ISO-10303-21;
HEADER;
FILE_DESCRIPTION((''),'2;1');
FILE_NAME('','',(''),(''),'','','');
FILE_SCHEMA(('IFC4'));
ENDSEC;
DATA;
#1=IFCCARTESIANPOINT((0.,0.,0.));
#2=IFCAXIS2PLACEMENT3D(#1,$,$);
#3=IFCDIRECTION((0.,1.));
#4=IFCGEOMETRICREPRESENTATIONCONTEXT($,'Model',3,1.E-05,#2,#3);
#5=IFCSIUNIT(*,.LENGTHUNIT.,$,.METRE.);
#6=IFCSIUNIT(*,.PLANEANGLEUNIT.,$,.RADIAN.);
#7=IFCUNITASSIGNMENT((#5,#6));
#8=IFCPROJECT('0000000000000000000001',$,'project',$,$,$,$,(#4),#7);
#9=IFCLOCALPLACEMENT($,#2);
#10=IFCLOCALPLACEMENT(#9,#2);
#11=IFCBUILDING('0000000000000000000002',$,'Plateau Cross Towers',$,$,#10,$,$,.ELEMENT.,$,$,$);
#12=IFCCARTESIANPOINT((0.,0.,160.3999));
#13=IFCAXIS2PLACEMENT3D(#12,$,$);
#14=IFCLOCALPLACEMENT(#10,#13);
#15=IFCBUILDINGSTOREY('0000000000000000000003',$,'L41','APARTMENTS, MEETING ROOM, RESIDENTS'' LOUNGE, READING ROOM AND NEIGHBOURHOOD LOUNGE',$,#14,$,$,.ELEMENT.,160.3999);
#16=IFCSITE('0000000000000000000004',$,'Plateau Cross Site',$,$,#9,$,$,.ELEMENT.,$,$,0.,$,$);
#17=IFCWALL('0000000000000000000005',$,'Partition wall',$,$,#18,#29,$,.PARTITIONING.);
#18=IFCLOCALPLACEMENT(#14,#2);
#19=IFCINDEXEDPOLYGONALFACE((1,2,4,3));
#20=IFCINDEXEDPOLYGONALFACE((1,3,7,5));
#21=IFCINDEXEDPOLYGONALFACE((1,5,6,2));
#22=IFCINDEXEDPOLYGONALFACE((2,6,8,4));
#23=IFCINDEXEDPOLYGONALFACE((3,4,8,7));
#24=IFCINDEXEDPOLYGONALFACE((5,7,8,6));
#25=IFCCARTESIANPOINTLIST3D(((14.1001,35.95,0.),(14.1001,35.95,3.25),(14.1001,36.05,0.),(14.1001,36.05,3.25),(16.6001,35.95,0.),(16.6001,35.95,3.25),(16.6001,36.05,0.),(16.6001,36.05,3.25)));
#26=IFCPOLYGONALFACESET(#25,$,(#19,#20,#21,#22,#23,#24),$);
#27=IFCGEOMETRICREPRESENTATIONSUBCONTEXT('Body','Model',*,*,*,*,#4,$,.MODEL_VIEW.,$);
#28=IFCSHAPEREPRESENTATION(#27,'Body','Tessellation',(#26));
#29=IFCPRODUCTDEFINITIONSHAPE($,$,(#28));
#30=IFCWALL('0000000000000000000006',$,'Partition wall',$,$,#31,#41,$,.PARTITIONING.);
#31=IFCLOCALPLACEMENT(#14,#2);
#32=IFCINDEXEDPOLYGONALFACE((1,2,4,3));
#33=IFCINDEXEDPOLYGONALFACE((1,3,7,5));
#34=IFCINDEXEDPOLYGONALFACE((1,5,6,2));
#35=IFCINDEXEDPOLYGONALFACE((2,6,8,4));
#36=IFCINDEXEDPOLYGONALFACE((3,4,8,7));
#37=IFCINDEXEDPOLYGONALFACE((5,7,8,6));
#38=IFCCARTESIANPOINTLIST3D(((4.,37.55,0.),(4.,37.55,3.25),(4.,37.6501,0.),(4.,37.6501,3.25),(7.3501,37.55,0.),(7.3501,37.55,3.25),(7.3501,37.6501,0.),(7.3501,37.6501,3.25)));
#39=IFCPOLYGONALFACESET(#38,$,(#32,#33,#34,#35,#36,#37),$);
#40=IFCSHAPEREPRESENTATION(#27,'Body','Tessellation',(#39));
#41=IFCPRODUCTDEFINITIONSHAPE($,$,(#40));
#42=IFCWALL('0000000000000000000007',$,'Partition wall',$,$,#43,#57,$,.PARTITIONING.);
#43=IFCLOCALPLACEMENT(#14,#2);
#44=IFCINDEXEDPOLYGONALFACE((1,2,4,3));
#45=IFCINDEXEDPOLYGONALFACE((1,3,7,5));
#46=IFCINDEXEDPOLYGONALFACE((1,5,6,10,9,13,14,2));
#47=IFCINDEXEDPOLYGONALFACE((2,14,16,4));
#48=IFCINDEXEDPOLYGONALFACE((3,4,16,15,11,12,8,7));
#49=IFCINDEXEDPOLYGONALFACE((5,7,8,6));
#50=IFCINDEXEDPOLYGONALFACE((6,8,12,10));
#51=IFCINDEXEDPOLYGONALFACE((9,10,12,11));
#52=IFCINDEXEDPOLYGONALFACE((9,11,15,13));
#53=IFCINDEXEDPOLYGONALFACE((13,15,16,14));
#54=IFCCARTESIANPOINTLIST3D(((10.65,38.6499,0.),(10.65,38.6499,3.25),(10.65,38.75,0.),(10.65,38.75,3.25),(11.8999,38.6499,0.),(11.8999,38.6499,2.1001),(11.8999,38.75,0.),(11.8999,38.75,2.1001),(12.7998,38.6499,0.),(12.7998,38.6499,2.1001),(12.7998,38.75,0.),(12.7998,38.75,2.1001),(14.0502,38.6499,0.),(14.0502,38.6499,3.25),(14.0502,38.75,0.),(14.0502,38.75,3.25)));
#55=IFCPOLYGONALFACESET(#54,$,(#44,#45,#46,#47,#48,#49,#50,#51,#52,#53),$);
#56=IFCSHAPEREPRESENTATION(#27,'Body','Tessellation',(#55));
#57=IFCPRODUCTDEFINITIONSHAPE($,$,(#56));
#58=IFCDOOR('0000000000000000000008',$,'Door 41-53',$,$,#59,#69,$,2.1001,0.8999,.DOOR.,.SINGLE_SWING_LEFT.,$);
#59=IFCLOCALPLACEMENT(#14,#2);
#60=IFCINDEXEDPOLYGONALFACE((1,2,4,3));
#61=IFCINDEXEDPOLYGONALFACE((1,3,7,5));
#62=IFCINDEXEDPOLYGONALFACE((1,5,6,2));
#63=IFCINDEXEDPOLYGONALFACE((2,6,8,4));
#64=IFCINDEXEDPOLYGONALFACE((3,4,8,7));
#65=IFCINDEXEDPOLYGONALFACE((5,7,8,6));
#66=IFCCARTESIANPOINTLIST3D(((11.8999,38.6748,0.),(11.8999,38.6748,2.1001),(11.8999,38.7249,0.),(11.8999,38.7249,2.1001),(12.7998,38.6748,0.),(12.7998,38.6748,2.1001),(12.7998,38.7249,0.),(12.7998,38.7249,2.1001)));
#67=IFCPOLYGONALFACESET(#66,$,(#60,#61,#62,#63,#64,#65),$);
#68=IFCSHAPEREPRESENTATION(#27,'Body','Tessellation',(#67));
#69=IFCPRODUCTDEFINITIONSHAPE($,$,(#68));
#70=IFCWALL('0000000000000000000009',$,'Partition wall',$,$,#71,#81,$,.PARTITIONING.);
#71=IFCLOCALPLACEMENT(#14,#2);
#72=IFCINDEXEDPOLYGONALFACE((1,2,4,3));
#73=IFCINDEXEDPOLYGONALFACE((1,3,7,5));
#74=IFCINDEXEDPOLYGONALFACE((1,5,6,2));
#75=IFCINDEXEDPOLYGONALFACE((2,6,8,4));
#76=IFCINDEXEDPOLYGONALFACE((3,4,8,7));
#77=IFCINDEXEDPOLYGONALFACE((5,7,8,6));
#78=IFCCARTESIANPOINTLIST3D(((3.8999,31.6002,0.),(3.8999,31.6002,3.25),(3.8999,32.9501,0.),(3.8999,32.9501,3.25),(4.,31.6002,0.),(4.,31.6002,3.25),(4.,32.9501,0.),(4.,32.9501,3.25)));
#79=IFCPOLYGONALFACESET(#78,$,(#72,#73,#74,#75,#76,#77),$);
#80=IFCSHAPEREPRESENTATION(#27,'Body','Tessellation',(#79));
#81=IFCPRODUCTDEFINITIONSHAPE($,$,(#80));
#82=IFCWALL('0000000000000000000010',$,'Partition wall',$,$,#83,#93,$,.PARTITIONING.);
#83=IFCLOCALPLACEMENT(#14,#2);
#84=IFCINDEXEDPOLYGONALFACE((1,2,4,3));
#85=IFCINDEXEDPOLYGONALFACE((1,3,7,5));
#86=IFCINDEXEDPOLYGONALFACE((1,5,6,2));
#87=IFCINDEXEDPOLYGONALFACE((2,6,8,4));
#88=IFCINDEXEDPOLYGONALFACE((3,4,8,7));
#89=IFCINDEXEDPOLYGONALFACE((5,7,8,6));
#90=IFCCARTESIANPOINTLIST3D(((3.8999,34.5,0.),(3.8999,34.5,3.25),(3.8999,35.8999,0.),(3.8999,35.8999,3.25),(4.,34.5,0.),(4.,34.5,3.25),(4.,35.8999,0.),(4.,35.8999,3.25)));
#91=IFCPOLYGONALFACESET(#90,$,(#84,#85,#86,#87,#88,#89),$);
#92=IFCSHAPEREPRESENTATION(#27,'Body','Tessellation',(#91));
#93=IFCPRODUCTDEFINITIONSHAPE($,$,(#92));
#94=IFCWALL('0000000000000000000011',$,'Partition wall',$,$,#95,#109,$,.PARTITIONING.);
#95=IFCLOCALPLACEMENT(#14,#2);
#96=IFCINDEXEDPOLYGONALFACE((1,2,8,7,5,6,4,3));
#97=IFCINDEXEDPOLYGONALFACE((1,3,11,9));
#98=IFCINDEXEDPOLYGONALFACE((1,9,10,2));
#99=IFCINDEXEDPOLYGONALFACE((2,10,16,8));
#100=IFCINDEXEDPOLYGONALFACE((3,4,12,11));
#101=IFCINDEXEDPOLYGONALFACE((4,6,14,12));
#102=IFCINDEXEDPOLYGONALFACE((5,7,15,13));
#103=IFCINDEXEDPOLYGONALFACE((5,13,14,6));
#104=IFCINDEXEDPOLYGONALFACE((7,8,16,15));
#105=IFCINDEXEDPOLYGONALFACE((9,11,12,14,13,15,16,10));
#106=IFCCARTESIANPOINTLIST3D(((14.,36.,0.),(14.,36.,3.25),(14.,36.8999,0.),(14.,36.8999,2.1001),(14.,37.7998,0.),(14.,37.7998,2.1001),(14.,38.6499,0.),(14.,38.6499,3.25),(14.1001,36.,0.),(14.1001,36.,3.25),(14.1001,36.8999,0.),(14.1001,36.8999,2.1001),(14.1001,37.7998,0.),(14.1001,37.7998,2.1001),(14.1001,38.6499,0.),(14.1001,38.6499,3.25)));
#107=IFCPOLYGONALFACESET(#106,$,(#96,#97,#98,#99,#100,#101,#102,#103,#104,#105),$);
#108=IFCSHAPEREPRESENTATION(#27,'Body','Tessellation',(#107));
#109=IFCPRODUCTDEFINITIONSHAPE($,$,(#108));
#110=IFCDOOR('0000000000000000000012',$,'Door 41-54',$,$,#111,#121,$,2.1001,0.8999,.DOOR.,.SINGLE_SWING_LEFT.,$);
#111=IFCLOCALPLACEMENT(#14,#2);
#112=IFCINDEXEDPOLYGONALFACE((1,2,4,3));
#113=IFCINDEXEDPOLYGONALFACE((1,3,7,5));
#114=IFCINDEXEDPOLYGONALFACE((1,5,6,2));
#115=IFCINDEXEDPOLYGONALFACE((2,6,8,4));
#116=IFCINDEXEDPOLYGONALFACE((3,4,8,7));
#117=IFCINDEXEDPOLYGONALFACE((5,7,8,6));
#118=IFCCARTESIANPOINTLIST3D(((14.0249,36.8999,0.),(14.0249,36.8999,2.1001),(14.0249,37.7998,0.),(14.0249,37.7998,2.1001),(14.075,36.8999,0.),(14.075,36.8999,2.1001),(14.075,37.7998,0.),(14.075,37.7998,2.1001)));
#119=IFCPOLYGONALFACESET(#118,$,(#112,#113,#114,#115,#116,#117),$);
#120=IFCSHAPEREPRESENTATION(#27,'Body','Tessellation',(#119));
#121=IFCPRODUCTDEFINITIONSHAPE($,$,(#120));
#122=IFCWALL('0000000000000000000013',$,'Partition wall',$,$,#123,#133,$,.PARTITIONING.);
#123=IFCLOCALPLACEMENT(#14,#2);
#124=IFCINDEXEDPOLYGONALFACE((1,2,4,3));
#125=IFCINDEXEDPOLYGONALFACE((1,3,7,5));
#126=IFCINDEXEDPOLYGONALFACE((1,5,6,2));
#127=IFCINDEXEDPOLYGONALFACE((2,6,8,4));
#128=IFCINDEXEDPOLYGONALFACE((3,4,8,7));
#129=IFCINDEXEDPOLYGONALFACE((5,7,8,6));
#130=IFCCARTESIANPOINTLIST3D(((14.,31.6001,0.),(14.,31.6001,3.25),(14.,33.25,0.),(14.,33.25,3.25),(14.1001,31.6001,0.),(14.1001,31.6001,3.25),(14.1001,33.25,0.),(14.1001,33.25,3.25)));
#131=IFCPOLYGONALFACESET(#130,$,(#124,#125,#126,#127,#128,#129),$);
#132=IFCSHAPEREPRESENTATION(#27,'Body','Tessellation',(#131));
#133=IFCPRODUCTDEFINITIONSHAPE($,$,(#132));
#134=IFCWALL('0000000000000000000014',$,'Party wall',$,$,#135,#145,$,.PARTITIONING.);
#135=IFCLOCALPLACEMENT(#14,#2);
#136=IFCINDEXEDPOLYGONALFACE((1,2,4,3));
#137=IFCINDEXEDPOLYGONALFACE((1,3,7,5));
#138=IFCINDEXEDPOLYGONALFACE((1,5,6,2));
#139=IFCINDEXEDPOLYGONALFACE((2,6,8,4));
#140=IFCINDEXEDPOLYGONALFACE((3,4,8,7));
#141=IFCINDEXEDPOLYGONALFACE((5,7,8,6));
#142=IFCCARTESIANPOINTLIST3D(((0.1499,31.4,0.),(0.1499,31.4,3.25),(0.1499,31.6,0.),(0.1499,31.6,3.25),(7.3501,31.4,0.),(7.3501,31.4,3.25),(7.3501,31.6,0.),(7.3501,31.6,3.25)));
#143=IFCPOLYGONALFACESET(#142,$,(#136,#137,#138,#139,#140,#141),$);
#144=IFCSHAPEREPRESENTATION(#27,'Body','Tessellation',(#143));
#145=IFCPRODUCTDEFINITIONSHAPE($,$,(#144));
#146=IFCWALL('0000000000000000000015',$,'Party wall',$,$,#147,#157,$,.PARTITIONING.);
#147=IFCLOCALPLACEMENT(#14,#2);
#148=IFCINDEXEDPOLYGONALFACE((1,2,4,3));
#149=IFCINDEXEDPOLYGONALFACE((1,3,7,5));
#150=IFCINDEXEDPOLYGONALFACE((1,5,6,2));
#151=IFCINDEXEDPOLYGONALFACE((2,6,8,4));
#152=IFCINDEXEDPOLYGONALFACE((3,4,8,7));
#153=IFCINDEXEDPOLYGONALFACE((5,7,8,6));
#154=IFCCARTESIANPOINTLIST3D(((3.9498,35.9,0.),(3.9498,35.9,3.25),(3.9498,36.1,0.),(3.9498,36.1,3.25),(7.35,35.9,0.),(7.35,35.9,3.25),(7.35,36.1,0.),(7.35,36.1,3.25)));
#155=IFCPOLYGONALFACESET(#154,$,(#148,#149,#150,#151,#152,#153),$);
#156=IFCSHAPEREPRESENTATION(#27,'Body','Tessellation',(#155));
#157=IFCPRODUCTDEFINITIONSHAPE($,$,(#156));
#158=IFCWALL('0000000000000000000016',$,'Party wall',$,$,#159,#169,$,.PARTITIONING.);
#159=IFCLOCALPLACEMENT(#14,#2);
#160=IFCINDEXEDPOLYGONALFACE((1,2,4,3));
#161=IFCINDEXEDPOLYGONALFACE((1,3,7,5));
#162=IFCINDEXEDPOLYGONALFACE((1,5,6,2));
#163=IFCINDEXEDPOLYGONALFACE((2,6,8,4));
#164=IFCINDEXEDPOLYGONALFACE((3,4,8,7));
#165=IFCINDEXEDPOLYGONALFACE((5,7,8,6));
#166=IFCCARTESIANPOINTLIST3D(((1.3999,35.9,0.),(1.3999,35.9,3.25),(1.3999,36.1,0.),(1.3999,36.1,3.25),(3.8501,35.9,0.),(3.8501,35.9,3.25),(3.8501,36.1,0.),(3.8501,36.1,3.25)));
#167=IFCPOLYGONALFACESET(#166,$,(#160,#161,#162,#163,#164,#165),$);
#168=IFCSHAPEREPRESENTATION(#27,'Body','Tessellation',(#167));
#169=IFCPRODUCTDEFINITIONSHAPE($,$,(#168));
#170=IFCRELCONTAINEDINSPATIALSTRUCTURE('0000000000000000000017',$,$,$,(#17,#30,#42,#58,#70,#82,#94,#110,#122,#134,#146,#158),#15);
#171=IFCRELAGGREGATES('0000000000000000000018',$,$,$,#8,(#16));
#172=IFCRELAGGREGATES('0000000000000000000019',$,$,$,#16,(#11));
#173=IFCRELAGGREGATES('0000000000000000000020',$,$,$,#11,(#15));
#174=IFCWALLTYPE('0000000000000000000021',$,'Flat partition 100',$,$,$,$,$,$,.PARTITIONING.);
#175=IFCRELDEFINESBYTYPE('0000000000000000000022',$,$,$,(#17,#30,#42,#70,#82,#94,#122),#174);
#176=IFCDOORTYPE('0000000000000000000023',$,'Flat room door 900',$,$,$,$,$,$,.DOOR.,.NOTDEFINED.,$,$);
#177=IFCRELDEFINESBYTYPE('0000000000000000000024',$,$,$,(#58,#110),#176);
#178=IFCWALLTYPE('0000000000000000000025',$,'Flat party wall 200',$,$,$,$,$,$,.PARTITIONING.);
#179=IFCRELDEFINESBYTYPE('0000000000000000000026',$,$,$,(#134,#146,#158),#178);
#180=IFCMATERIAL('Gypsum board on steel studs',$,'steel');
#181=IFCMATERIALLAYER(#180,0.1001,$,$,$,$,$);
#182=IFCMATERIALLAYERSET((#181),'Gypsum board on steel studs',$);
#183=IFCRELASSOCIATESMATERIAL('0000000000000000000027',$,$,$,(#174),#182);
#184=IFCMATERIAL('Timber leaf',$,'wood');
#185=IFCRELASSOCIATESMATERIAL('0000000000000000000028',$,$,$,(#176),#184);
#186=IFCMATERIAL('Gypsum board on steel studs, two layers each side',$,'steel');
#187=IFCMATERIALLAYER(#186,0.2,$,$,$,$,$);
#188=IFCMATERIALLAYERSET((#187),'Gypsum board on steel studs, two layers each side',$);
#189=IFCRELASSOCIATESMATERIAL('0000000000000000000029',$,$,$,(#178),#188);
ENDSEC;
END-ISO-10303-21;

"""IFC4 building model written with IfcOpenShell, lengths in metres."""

from ifc_helpers import new_model, si_unit, direction, frame, frame_2d, origin, place, context, subcontext, project, spatial, rectangle, extrude, material, layer, layer_set, type_object, element, fill, save


model = new_model("IFC4")

# Units and contexts
model_context = context("Model", 3, precision=1e-05, world=origin(), true_north=direction((0.0, 1.0)))
body_context = subcontext(model_context, "Body", "Model", "MODEL_VIEW")
ifc_project = project(units=[si_unit("LENGTHUNIT", "METRE"), si_unit("PLANEANGLEUNIT", "RADIAN")], contexts=[model_context])

# Site, building, storey
site_placement = place(None, origin())
site = spatial("IfcSite", under=ifc_project, at=site_placement, Name="Plateau Cross Site", CompositionType="ELEMENT", RefElevation=0.0)
building_placement = place(site_placement, origin())
building = spatial("IfcBuilding", under=site, at=building_placement, Name="Plateau Cross Towers", CompositionType="ELEMENT")
storey_placement = place(building_placement, frame((0.0, 0.0, 160.3999)))
storey = spatial("IfcBuildingStorey", under=building, at=storey_placement, Name="L41", Description="APARTMENTS, MEETING ROOM, RESIDENTS' LOUNGE, READING ROOM AND NEIGHBOURHOOD LOUNGE", CompositionType="ELEMENT", Elevation=160.3999)

# Shared definitions
ifc_material_1 = material(Name="Gypsum board on steel studs", Category="steel")
ifc_layer_1 = layer(ifc_material_1, 0.1001)
ifc_layer_set_1 = layer_set([ifc_layer_1], Name="Gypsum board on steel studs")
wall_type_1 = type_object("IfcWallType", Name="Flat partition 100", PredefinedType="PARTITIONING", material=ifc_layer_set_1)
ifc_material_2 = material(Name="Timber leaf", Category="wood")
door_type_1 = type_object("IfcDoorType", Name="Flat room door 900", OperationType="NOTDEFINED", PredefinedType="DOOR", material=ifc_material_2)

# Walls
wall_1_placement = place(storey_placement, frame((14.1001, 36.0, 0.0), z_axis=(0.0, 0.0, 1.0), x_axis=(1.0, 0.0, 0.0)))
element("IfcWall", 1, at=wall_1_placement, inside=storey, type_object=wall_type_1, Name="Partition wall", PredefinedType="PARTITIONING", context=body_context, shape_type="SweptSolid", body=[
    extrude(rectangle(XDim=2.5, YDim=0.1001, at=frame_2d((1.25, 0.0))), origin(), (0.0, 0.0, 1.0), 3.25),
])
wall_2_placement = place(storey_placement, frame((7.3501, 37.6001, 0.0), z_axis=(0.0, 0.0, 1.0), x_axis=(-1.0, 0.0, 0.0)))
element("IfcWall", 2, at=wall_2_placement, inside=storey, type_object=wall_type_1, Name="Partition wall", PredefinedType="PARTITIONING", context=body_context, shape_type="SweptSolid", body=[
    extrude(rectangle(XDim=3.3501, YDim=0.1001, at=frame_2d((1.675, 0.0))), origin(), (0.0, 0.0, 1.0), 3.25),
])

# Wall, opening, door
wall_3_placement = place(storey_placement, frame((10.6499, 38.7, 0.0), z_axis=(0.0, 0.0, 1.0), x_axis=(1.0, 0.0, 0.0)))
wall_3 = element("IfcWall", 3, at=wall_3_placement, inside=storey, type_object=wall_type_1, Name="Partition wall", PredefinedType="PARTITIONING", context=body_context, shape_type="SweptSolid", body=[
    extrude(rectangle(XDim=3.4001, YDim=0.1001, at=frame_2d((1.7002, 0.0))), origin(), (0.0, 0.0, 1.0), 3.25),
])
opening_1_placement = place(wall_3_placement, frame((1.25, 0.0, 0.0)))
opening_1 = element("IfcOpeningElement", 4, at=opening_1_placement, cuts=wall_3, PredefinedType="OPENING", context=body_context, shape_type="SweptSolid", body=[
    extrude(rectangle(XDim=0.8999, YDim=2.1001, at=frame_2d((0.45, 1.05))), frame((0.0, 0.0601, 0.0), z_axis=(0.0, -1.0, 0.0), x_axis=(1.0, 0.0, 0.0)), (0.0, 0.0, 1.0), 0.1201),
])
door_1_placement = place(opening_1_placement, origin())
door_1 = element("IfcDoor", 5, at=door_1_placement, inside=storey, type_object=door_type_1, Name="Door 41-53", OperationType="SINGLE_SWING_LEFT", OverallHeight=2.1001, OverallWidth=0.8999, PredefinedType="DOOR", context=body_context, shape_type="SweptSolid", body=[
    extrude(rectangle(XDim=0.8999, YDim=2.1001, at=frame_2d((0.45, 1.05))), frame((0.0, 0.0249, 0.0), z_axis=(0.0, -1.0, 0.0), x_axis=(1.0, 0.0, 0.0)), (0.0, 0.0, 1.0), 0.05),
])
fill(opening_1, door_1)

# Walls
wall_4_placement = place(storey_placement, frame((3.95, 32.95, 0.0), z_axis=(0.0, 0.0, 1.0), x_axis=(0.0, -1.0, 0.0)))
element("IfcWall", 6, at=wall_4_placement, inside=storey, type_object=wall_type_1, Name="Partition wall", PredefinedType="PARTITIONING", context=body_context, shape_type="SweptSolid", body=[
    extrude(rectangle(XDim=1.3499, YDim=0.1001, at=frame_2d((0.6748, 0.0))), origin(), (0.0, 0.0, 1.0), 3.25),
])
wall_5_placement = place(storey_placement, frame((3.95, 35.8999, 0.0), z_axis=(0.0, 0.0, 1.0), x_axis=(0.0, -1.0, 0.0)))
element("IfcWall", 7, at=wall_5_placement, inside=storey, type_object=wall_type_1, Name="Partition wall", PredefinedType="PARTITIONING", context=body_context, shape_type="SweptSolid", body=[
    extrude(rectangle(XDim=1.3999, YDim=0.1001, at=frame_2d((0.7, 0.0))), origin(), (0.0, 0.0, 1.0), 3.25),
])

# Wall, opening, door
wall_6_placement = place(storey_placement, frame((14.05, 38.6499, 0.0), z_axis=(0.0, 0.0, 1.0), x_axis=(0.0, -1.0, 0.0)))
wall_6 = element("IfcWall", 8, at=wall_6_placement, inside=storey, type_object=wall_type_1, Name="Partition wall", PredefinedType="PARTITIONING", context=body_context, shape_type="SweptSolid", body=[
    extrude(rectangle(XDim=2.6499, YDim=0.1001, at=frame_2d((1.325, 0.0))), origin(), (0.0, 0.0, 1.0), 3.25),
])
opening_2_placement = place(wall_6_placement, frame((0.8501, 0.0, 0.0)))
opening_2 = element("IfcOpeningElement", 9, at=opening_2_placement, cuts=wall_6, PredefinedType="OPENING", context=body_context, shape_type="SweptSolid", body=[
    extrude(rectangle(XDim=0.8999, YDim=2.1001, at=frame_2d((0.45, 1.05))), frame((0.0, 0.0601, 0.0), z_axis=(0.0, -1.0, 0.0), x_axis=(1.0, 0.0, 0.0)), (0.0, 0.0, 1.0), 0.1201),
])
door_2_placement = place(opening_2_placement, origin())
door_2 = element("IfcDoor", 10, at=door_2_placement, inside=storey, type_object=door_type_1, Name="Door 41-54", OperationType="SINGLE_SWING_LEFT", OverallHeight=2.1001, OverallWidth=0.8999, PredefinedType="DOOR", context=body_context, shape_type="SweptSolid", body=[
    extrude(rectangle(XDim=0.8999, YDim=2.1001, at=frame_2d((0.45, 1.05))), frame((0.0, 0.0249, 0.0), z_axis=(0.0, -1.0, 0.0), x_axis=(1.0, 0.0, 0.0)), (0.0, 0.0, 1.0), 0.05),
])
fill(opening_2, door_2)

# Walls
wall_7_placement = place(storey_placement, frame((14.05, 31.6001, 0.0), z_axis=(0.0, 0.0, 1.0), x_axis=(0.0, 1.0, 0.0)))
element("IfcWall", 11, at=wall_7_placement, inside=storey, type_object=wall_type_1, Name="Partition wall", PredefinedType="PARTITIONING", context=body_context, shape_type="SweptSolid", body=[
    extrude(rectangle(XDim=1.6499, YDim=0.1001, at=frame_2d((0.825, 0.0))), origin(), (0.0, 0.0, 1.0), 3.25),
])
ifc_material_3 = material(Name="Gypsum board on steel studs, two layers each side", Category="steel")
ifc_layer_2 = layer(ifc_material_3, 0.2)
ifc_layer_set_2 = layer_set([ifc_layer_2], Name="Gypsum board on steel studs, two layers each side")
wall_type_2 = type_object("IfcWallType", Name="Flat party wall 200", PredefinedType="PARTITIONING", material=ifc_layer_set_2)
wall_8_placement = place(storey_placement, frame((7.3501, 31.5, 0.0), z_axis=(0.0, 0.0, 1.0), x_axis=(-1.0, 0.0, 0.0)))
element("IfcWall", 12, at=wall_8_placement, inside=storey, type_object=wall_type_2, Name="Party wall", PredefinedType="PARTITIONING", context=body_context, shape_type="SweptSolid", body=[
    extrude(rectangle(XDim=7.2002, YDim=0.2, at=frame_2d((3.6001, 0.0))), origin(), (0.0, 0.0, 1.0), 3.25),
])
wall_9_placement = place(storey_placement, frame((7.3501, 36.0, 0.0), z_axis=(0.0, 0.0, 1.0), x_axis=(-1.0, 0.0, 0.0)))
element("IfcWall", 13, at=wall_9_placement, inside=storey, type_object=wall_type_2, Name="Party wall", PredefinedType="PARTITIONING", context=body_context, shape_type="SweptSolid", body=[
    extrude(rectangle(XDim=3.4001, YDim=0.2, at=frame_2d((1.7002, 0.0))), origin(), (0.0, 0.0, 1.0), 3.25),
])
wall_10_placement = place(storey_placement, frame((1.3999, 36.0, 0.0), z_axis=(0.0, 0.0, 1.0), x_axis=(1.0, 0.0, 0.0)))
element("IfcWall", 14, at=wall_10_placement, inside=storey, type_object=wall_type_2, Name="Party wall", PredefinedType="PARTITIONING", context=body_context, shape_type="SweptSolid", body=[
    extrude(rectangle(XDim=2.4502, YDim=0.2, at=frame_2d((1.2251, 0.0))), origin(), (0.0, 0.0, 1.0), 3.25),
])

save(model, "model.ifc")
